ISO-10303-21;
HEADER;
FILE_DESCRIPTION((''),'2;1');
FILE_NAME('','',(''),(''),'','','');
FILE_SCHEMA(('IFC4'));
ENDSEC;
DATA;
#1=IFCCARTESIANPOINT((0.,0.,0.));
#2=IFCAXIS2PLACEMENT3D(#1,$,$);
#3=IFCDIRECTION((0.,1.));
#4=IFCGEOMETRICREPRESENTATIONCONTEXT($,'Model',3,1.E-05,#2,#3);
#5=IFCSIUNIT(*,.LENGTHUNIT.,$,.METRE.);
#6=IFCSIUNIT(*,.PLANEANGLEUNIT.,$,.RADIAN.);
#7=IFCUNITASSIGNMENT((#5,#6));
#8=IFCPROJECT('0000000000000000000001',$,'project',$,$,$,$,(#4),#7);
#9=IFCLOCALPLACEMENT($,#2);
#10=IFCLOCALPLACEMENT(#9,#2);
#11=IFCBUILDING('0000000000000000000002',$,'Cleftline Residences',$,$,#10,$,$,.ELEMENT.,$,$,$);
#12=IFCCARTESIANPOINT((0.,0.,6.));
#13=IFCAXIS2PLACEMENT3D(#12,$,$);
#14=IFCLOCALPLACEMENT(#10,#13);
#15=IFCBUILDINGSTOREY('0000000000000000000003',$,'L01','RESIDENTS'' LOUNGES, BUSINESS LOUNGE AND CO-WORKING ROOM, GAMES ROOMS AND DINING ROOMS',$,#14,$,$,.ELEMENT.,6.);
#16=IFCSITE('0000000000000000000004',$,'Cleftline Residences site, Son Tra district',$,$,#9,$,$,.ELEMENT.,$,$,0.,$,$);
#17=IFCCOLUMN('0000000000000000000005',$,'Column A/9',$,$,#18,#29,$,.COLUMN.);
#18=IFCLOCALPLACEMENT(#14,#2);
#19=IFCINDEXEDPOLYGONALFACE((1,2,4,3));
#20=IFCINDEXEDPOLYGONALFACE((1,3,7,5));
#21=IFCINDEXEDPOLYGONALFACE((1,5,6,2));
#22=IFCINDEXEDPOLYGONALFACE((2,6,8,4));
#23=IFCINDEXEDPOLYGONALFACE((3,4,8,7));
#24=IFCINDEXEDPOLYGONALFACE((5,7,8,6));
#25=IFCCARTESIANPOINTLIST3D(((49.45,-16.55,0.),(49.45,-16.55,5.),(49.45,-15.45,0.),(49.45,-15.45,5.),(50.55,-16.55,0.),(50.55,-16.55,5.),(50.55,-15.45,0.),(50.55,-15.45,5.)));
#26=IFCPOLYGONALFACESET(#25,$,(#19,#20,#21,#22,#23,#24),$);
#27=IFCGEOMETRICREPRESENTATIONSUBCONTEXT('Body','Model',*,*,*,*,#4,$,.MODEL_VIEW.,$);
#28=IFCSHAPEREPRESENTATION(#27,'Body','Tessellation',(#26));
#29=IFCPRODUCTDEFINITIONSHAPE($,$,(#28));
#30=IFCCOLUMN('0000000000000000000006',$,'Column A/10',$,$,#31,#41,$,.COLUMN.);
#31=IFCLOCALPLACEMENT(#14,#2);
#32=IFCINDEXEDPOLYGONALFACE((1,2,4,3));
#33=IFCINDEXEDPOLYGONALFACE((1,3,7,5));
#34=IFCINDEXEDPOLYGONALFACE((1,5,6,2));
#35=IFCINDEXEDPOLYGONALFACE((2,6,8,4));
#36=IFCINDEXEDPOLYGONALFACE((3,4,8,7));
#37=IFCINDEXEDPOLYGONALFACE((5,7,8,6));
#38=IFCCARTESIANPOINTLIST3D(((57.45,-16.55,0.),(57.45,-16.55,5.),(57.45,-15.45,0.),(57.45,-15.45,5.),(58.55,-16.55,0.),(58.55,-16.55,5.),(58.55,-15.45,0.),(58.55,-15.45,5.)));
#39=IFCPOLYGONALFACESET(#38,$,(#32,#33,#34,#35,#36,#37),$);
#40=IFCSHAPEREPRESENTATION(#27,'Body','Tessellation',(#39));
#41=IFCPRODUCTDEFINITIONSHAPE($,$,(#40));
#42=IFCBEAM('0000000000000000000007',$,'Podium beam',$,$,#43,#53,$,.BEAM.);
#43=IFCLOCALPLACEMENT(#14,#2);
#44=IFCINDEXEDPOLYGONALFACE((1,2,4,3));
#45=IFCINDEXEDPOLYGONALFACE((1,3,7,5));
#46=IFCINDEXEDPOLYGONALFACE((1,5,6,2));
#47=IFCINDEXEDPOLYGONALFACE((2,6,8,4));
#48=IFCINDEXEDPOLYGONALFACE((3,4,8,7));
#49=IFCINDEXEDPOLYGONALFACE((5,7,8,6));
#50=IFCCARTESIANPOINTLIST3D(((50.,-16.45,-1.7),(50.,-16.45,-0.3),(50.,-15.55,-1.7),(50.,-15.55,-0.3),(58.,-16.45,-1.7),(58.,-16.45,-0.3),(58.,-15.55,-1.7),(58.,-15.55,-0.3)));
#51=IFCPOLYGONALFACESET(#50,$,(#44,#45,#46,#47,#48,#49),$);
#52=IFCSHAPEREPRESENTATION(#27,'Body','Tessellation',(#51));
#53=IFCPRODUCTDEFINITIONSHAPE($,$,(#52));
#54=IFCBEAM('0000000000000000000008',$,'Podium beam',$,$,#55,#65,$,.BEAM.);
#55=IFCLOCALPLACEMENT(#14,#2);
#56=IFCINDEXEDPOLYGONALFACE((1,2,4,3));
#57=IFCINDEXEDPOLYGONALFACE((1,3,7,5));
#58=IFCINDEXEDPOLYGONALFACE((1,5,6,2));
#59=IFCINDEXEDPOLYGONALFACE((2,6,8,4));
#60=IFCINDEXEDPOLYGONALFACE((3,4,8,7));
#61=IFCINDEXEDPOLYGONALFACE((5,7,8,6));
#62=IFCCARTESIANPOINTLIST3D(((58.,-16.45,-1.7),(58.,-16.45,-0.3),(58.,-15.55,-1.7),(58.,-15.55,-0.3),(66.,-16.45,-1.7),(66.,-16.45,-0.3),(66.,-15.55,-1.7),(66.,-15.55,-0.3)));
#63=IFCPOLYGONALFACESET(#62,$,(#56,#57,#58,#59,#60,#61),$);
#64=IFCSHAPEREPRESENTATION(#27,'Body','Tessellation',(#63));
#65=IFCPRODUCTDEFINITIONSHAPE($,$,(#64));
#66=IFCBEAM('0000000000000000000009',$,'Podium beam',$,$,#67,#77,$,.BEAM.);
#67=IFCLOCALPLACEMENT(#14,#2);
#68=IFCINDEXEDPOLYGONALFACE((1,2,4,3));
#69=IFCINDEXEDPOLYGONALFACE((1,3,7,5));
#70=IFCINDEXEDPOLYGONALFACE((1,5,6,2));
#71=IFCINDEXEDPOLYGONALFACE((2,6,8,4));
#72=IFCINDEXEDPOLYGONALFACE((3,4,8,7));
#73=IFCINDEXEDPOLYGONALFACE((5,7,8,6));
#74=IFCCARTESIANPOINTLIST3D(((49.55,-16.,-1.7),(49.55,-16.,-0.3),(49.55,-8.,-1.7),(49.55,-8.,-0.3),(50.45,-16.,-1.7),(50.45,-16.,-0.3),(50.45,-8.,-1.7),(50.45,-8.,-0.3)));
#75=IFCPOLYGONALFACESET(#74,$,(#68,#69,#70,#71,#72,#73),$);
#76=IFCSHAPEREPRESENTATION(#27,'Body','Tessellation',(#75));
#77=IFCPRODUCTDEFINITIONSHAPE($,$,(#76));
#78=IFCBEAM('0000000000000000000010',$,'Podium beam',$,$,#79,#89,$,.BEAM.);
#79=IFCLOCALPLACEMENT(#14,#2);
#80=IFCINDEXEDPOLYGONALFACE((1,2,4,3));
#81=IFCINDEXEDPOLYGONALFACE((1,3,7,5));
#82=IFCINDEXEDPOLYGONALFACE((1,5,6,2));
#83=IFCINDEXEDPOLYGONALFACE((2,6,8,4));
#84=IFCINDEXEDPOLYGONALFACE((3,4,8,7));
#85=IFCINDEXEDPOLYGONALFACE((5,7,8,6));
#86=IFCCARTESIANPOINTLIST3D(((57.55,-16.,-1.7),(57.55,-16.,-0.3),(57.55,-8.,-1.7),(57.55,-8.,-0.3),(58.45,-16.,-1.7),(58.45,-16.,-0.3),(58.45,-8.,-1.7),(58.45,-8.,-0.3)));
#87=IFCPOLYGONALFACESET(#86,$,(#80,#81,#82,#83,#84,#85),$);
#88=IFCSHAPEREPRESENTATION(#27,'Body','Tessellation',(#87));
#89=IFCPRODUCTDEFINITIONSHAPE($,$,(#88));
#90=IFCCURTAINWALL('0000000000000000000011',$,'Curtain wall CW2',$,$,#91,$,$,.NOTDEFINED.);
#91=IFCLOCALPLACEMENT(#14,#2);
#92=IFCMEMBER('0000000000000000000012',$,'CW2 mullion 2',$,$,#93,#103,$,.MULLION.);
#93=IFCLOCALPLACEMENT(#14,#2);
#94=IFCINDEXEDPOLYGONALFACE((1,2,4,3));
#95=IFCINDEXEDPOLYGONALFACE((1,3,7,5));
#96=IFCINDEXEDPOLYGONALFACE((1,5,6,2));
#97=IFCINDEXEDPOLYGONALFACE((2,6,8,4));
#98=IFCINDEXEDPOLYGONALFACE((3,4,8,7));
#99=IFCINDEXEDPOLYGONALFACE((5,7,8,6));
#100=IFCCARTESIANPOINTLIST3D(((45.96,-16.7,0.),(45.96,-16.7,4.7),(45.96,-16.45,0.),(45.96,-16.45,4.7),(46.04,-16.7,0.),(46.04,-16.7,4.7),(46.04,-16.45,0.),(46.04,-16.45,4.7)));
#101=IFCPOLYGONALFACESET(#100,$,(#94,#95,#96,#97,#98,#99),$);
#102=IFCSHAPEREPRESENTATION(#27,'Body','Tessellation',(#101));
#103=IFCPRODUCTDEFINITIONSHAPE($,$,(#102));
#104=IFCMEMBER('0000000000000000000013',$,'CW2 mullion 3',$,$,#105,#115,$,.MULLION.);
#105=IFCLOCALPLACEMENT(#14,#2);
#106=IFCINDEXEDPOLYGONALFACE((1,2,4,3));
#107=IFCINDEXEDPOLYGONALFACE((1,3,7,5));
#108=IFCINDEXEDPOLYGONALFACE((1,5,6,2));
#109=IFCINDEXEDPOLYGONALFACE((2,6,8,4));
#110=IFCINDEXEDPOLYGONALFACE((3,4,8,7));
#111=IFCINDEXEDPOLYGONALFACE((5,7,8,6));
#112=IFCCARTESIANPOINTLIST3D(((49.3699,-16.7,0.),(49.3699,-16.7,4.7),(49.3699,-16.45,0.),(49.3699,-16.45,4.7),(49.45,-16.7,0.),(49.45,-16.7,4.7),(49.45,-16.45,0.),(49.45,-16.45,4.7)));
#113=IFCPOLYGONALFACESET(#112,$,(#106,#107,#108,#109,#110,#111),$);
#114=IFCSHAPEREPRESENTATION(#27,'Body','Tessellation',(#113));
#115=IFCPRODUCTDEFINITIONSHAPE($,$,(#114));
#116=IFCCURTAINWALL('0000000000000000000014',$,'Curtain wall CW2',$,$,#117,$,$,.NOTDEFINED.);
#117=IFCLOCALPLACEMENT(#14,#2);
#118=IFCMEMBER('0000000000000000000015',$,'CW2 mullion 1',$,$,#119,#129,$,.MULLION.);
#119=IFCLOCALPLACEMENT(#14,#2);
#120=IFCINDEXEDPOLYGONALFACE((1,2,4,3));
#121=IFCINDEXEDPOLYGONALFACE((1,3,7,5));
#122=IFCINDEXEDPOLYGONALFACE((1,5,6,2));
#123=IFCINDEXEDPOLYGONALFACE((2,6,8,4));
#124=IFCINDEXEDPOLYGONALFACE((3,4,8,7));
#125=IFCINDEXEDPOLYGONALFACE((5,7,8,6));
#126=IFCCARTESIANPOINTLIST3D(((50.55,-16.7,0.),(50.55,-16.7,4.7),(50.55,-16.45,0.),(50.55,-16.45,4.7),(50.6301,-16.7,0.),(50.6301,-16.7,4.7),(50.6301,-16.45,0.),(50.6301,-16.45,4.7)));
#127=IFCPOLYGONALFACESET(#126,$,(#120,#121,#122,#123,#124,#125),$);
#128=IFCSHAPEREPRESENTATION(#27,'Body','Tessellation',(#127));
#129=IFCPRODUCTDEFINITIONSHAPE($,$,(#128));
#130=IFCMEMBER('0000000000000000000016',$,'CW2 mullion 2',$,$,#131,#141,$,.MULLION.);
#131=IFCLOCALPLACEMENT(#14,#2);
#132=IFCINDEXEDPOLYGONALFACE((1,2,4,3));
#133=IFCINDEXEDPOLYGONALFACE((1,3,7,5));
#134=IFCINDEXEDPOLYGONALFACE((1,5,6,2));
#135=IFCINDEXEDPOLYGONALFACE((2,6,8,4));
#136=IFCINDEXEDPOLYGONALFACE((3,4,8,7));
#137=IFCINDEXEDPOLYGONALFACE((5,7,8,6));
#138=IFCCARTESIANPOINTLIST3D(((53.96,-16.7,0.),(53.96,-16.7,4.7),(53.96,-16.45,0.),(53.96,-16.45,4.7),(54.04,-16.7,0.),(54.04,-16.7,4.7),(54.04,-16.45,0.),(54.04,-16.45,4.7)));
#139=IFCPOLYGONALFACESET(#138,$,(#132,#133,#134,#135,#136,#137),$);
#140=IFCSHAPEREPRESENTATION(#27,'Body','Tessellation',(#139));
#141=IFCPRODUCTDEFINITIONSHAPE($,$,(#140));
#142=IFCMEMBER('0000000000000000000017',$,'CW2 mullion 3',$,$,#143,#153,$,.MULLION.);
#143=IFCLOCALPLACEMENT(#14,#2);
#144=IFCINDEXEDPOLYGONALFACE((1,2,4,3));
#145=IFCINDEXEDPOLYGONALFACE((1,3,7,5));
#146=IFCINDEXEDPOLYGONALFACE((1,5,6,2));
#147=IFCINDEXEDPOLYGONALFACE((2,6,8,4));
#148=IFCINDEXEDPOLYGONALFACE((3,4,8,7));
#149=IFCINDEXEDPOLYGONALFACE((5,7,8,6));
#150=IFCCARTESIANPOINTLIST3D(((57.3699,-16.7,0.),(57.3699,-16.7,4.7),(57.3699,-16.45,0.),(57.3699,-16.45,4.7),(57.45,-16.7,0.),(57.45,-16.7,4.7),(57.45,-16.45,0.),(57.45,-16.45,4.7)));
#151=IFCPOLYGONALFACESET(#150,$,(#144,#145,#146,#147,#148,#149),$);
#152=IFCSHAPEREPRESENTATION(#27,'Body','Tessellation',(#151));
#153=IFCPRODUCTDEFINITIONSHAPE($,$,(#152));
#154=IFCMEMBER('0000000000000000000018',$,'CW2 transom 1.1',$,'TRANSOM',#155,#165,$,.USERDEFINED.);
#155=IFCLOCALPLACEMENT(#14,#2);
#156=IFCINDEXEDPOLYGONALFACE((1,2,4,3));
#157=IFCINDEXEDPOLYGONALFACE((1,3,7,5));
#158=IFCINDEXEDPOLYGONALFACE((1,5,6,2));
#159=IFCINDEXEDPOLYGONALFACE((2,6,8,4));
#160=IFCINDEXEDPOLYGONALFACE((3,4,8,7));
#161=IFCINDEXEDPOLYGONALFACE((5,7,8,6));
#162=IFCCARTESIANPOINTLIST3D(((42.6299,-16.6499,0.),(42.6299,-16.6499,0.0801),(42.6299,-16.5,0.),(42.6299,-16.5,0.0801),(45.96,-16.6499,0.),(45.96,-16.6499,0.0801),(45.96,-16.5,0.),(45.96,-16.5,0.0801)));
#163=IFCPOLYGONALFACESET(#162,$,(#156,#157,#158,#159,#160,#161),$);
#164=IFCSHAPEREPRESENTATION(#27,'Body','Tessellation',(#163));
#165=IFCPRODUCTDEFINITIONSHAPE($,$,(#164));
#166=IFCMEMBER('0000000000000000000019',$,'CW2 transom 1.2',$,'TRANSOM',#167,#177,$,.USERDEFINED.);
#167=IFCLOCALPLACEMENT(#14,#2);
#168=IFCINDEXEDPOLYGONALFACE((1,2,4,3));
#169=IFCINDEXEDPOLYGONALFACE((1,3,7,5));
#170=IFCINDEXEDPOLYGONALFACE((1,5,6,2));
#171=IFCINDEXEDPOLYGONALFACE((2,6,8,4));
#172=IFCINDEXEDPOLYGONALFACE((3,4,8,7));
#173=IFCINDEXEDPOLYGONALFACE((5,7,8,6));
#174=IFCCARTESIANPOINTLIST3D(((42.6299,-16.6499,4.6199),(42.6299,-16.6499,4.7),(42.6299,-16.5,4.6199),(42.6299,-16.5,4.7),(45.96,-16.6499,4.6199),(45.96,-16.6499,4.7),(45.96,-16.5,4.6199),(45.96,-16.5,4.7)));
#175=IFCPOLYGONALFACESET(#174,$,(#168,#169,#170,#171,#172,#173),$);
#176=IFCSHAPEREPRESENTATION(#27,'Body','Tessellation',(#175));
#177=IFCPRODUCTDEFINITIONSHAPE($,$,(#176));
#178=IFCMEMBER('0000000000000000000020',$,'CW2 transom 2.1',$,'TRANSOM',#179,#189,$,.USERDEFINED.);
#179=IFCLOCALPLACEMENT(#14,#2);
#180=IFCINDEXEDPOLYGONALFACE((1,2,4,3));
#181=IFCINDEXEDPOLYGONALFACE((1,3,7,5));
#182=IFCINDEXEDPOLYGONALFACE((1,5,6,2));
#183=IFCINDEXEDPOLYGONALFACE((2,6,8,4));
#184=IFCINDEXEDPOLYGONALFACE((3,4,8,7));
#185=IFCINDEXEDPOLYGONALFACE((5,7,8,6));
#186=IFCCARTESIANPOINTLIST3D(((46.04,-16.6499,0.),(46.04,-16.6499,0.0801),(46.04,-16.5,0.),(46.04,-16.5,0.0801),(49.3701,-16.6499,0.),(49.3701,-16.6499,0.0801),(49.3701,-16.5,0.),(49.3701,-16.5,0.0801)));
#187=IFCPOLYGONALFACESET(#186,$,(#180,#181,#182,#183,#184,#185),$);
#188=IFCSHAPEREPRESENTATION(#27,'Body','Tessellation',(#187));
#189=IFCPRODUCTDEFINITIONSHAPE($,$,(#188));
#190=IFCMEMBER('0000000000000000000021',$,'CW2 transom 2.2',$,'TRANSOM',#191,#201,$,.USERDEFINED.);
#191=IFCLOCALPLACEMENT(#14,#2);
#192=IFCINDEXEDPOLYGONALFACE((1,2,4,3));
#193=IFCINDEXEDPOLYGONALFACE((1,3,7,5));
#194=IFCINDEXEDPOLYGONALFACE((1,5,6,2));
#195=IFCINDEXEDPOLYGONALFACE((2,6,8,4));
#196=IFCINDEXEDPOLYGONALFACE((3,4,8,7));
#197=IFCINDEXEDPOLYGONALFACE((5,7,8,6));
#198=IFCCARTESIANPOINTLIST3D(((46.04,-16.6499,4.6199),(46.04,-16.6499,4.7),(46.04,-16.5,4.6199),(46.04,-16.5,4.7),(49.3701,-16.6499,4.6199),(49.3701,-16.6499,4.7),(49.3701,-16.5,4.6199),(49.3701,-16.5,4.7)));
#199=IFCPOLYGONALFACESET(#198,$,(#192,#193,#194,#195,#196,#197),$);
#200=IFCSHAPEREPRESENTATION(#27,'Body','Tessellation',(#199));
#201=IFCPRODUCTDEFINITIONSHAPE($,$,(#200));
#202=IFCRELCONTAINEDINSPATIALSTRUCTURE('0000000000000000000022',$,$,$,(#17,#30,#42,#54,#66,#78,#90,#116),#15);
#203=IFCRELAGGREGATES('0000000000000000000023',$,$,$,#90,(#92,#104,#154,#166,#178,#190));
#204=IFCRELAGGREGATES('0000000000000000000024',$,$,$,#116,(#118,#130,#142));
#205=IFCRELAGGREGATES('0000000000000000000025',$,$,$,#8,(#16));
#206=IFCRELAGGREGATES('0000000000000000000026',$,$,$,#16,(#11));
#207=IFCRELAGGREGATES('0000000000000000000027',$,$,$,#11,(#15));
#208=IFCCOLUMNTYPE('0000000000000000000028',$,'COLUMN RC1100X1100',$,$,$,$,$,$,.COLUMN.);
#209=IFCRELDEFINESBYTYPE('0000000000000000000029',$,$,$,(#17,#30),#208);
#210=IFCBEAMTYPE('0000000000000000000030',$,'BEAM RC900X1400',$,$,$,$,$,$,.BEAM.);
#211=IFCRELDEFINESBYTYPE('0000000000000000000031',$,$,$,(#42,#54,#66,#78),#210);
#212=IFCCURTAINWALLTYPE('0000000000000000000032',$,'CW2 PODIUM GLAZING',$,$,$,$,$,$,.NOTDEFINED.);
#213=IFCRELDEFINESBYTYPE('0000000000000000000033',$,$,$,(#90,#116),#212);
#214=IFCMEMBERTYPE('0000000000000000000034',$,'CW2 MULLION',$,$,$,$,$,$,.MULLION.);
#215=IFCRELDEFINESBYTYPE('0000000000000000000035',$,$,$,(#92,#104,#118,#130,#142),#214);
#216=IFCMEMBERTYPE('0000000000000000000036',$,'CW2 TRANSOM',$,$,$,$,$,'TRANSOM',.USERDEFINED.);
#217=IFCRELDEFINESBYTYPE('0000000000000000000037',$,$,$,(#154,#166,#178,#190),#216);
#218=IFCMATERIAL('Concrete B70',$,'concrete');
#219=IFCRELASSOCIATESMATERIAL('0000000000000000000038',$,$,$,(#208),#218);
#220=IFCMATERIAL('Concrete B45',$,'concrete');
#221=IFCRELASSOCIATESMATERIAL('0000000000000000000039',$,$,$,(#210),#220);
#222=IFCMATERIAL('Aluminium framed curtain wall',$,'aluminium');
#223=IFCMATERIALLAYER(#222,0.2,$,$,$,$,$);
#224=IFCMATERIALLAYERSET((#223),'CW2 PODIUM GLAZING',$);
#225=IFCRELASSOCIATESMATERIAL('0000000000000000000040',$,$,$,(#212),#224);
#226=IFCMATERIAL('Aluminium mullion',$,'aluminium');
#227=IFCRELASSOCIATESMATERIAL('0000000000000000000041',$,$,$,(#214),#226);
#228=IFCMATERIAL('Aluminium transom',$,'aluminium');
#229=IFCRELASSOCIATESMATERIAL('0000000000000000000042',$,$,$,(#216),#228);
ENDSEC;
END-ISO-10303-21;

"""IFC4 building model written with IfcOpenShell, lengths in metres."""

from ifc_helpers import new_model, si_unit, direction, frame, origin, origin_2d, place, context, subcontext, project, spatial, rectangle, extrude, material, layer, layer_set, material_profile, profile_set, type_object, element, aggregate, save


model = new_model("IFC4")

# Units and contexts
model_context = context("Model", 3, precision=1e-05, world=origin(), true_north=direction((0.0, 1.0)))
body_context = subcontext(model_context, "Body", "Model", "MODEL_VIEW")
ifc_project = project(units=[si_unit("LENGTHUNIT", "METRE"), si_unit("PLANEANGLEUNIT", "RADIAN")], contexts=[model_context])

# Site, building, storey
site_placement = place(None, origin())
site = spatial("IfcSite", under=ifc_project, at=site_placement, Name="Cleftline Residences site, Son Tra district", CompositionType="ELEMENT", RefElevation=0.0)
building_placement = place(site_placement, origin())
building = spatial("IfcBuilding", under=site, at=building_placement, Name="Cleftline Residences", CompositionType="ELEMENT")
storey_placement = place(building_placement, frame((0.0, 0.0, 6.0)))
storey = spatial("IfcBuildingStorey", under=building, at=storey_placement, Name="L01", Description="RESIDENTS' LOUNGES, BUSINESS LOUNGE AND CO-WORKING ROOM, GAMES ROOMS AND DINING ROOMS", CompositionType="ELEMENT", Elevation=6.0)

# Columns
ifc_material_1 = material(Name="Concrete B70", Category="concrete")
ifc_material_profile_1 = material_profile(ifc_material_1, rectangle(XDim=1.1001, YDim=1.1001, at=origin_2d()))
ifc_profile_set_1 = profile_set([ifc_material_profile_1], Name="Concrete B70")
column_type = type_object("IfcColumnType", Name="COLUMN RC1100X1100", PredefinedType="COLUMN", material=ifc_profile_set_1)
for number, where, z_axis, x_axis, name in (
    (1, (50.0, -16.0, 0.0), (0.0, 0.0, 1.0), (1.0, 0.0, 0.0), "Column A/9"),
    (2, (58.0, -16.0, 0.0), (0.0, 0.0, 1.0), (1.0, 0.0, 0.0), "Column A/10"),
):
    element("IfcColumn", number, at=place(storey_placement, frame(where, z_axis=z_axis, x_axis=x_axis)), inside=storey, type_object=column_type, Name=name, PredefinedType="COLUMN", context=body_context, shape_type="SweptSolid", body=[
        extrude(rectangle(XDim=1.1001, YDim=1.1001, at=origin_2d()), origin(), (0.0, 0.0, 1.0), 5.0),
    ])

# Beams
ifc_material_2 = material(Name="Concrete B45", Category="concrete")
ifc_material_profile_2 = material_profile(ifc_material_2, rectangle(XDim=0.8999, YDim=1.3999, at=origin_2d()))
ifc_profile_set_2 = profile_set([ifc_material_profile_2], Name="Concrete B45")
beam_type = type_object("IfcBeamType", Name="BEAM RC900X1400", PredefinedType="BEAM", material=ifc_profile_set_2)
for number, where, z_axis, x_axis, name in (
    (3, (50.0, -16.0, -1.0), (1.0, 0.0, 0.0), (0.0, 1.0, 0.0), "Podium beam"),
    (4, (58.0, -16.0, -1.0), (1.0, 0.0, 0.0), (0.0, 1.0, 0.0), "Podium beam"),
    (5, (50.0, -16.0, -1.0), (0.0, 1.0, 0.0), (-1.0, 0.0, 0.0), "Podium beam"),
    (6, (58.0, -16.0, -1.0), (0.0, 1.0, 0.0), (-1.0, 0.0, 0.0), "Podium beam"),
):
    element("IfcBeam", number, at=place(storey_placement, frame(where, z_axis=z_axis, x_axis=x_axis)), inside=storey, type_object=beam_type, Name=name, PredefinedType="BEAM", context=body_context, shape_type="SweptSolid", body=[
        extrude(rectangle(XDim=0.8999, YDim=1.3999, at=origin_2d()), origin(), (0.0, 0.0, 1.0), 8.0),
    ])

# Curtain walls, members
ifc_material_3 = material(Name="Aluminium framed curtain wall", Category="aluminium")
ifc_layer_1 = layer(ifc_material_3, 0.2)
ifc_layer_set_1 = layer_set([ifc_layer_1], Name="CW2 PODIUM GLAZING")
curtain_wall_type = type_object("IfcCurtainWallType", Name="CW2 PODIUM GLAZING", PredefinedType="NOTDEFINED", material=ifc_layer_set_1)
curtain_wall_1_placement = place(storey_placement, origin())
curtain_wall_1 = element("IfcCurtainWall", 7, at=curtain_wall_1_placement, inside=storey, type_object=curtain_wall_type, Name="Curtain wall CW2", PredefinedType="NOTDEFINED")
ifc_material_4 = material(Name="Aluminium mullion", Category="aluminium")
ifc_material_profile_3 = material_profile(ifc_material_4, rectangle(XDim=0.25, YDim=0.0801, at=origin_2d()))
ifc_profile_set_3 = profile_set([ifc_material_profile_3], Name="Aluminium mullion")
member_type_1 = type_object("IfcMemberType", Name="CW2 MULLION", PredefinedType="MULLION", material=ifc_profile_set_3)
member_1_placement = place(storey_placement, frame((46.0, -16.575, 0.0), z_axis=(0.0, 0.0, 1.0), x_axis=(0.0, 1.0, 0.0)))
member_1 = element("IfcMember", 8, at=member_1_placement, type_object=member_type_1, Name="CW2 mullion 2", PredefinedType="MULLION", context=body_context, shape_type="SweptSolid", body=[
    extrude(rectangle(XDim=0.25, YDim=0.0801, at=origin_2d()), origin(), (0.0, 0.0, 1.0), 4.7),
])
member_2_placement = place(storey_placement, frame((49.4099, -16.575, 0.0), z_axis=(0.0, 0.0, 1.0), x_axis=(0.0, 1.0, 0.0)))
member_2 = element("IfcMember", 9, at=member_2_placement, type_object=member_type_1, Name="CW2 mullion 3", PredefinedType="MULLION", context=body_context, shape_type="SweptSolid", body=[
    extrude(rectangle(XDim=0.25, YDim=0.0801, at=origin_2d()), origin(), (0.0, 0.0, 1.0), 4.7),
])
curtain_wall_2_placement = place(storey_placement, origin())
curtain_wall_2 = element("IfcCurtainWall", 10, at=curtain_wall_2_placement, inside=storey, type_object=curtain_wall_type, Name="Curtain wall CW2", PredefinedType="NOTDEFINED")
member_3_placement = place(storey_placement, frame((50.5901, -16.575, 0.0), z_axis=(0.0, 0.0, 1.0), x_axis=(0.0, 1.0, 0.0)))
member_3 = element("IfcMember", 11, at=member_3_placement, type_object=member_type_1, Name="CW2 mullion 1", PredefinedType="MULLION", context=body_context, shape_type="SweptSolid", body=[
    extrude(rectangle(XDim=0.25, YDim=0.0801, at=origin_2d()), origin(), (0.0, 0.0, 1.0), 4.7),
])
member_4_placement = place(storey_placement, frame((54.0, -16.575, 0.0), z_axis=(0.0, 0.0, 1.0), x_axis=(0.0, 1.0, 0.0)))
member_4 = element("IfcMember", 12, at=member_4_placement, type_object=member_type_1, Name="CW2 mullion 2", PredefinedType="MULLION", context=body_context, shape_type="SweptSolid", body=[
    extrude(rectangle(XDim=0.25, YDim=0.0801, at=origin_2d()), origin(), (0.0, 0.0, 1.0), 4.7),
])
member_5_placement = place(storey_placement, frame((57.4099, -16.575, 0.0), z_axis=(0.0, 0.0, 1.0), x_axis=(0.0, 1.0, 0.0)))
member_5 = element("IfcMember", 13, at=member_5_placement, type_object=member_type_1, Name="CW2 mullion 3", PredefinedType="MULLION", context=body_context, shape_type="SweptSolid", body=[
    extrude(rectangle(XDim=0.25, YDim=0.0801, at=origin_2d()), origin(), (0.0, 0.0, 1.0), 4.7),
])

# Members
ifc_material_5 = material(Name="Aluminium transom", Category="aluminium")
ifc_material_profile_4 = material_profile(ifc_material_5, rectangle(XDim=0.1499, YDim=0.0801, at=origin_2d()))
ifc_profile_set_4 = profile_set([ifc_material_profile_4], Name="Aluminium transom")
member_type_2 = type_object("IfcMemberType", Name="CW2 TRANSOM", ElementType="TRANSOM", PredefinedType="USERDEFINED", material=ifc_profile_set_4)
member_6_placement = place(storey_placement, frame((42.6299, -16.575, 0.04), z_axis=(1.0, 0.0, 0.0), x_axis=(0.0, 1.0, 0.0)))
member_6 = element("IfcMember", 14, at=member_6_placement, type_object=member_type_2, Name="CW2 transom 1.1", ObjectType="TRANSOM", PredefinedType="USERDEFINED", context=body_context, shape_type="SweptSolid", body=[
    extrude(rectangle(XDim=0.1499, YDim=0.0801, at=origin_2d()), origin(), (0.0, 0.0, 1.0), 3.3301),
])
member_7_placement = place(storey_placement, frame((42.6299, -16.575, 4.6599), z_axis=(1.0, 0.0, 0.0), x_axis=(0.0, 1.0, 0.0)))
member_7 = element("IfcMember", 15, at=member_7_placement, type_object=member_type_2, Name="CW2 transom 1.2", ObjectType="TRANSOM", PredefinedType="USERDEFINED", context=body_context, shape_type="SweptSolid", body=[
    extrude(rectangle(XDim=0.1499, YDim=0.0801, at=origin_2d()), origin(), (0.0, 0.0, 1.0), 3.3301),
])
member_8_placement = place(storey_placement, frame((46.04, -16.575, 0.04), z_axis=(1.0, 0.0, 0.0), x_axis=(0.0, 1.0, 0.0)))
member_8 = element("IfcMember", 16, at=member_8_placement, type_object=member_type_2, Name="CW2 transom 2.1", ObjectType="TRANSOM", PredefinedType="USERDEFINED", context=body_context, shape_type="SweptSolid", body=[
    extrude(rectangle(XDim=0.1499, YDim=0.0801, at=origin_2d()), origin(), (0.0, 0.0, 1.0), 3.3301),
])
member_9_placement = place(storey_placement, frame((46.04, -16.575, 4.6599), z_axis=(1.0, 0.0, 0.0), x_axis=(0.0, 1.0, 0.0)))
member_9 = element("IfcMember", 17, at=member_9_placement, type_object=member_type_2, Name="CW2 transom 2.2", ObjectType="TRANSOM", PredefinedType="USERDEFINED", context=body_context, shape_type="SweptSolid", body=[
    extrude(rectangle(XDim=0.1499, YDim=0.0801, at=origin_2d()), origin(), (0.0, 0.0, 1.0), 3.3301),
])

aggregate(curtain_wall_1, [member_1, member_2, member_6, member_7, member_8, member_9])
aggregate(curtain_wall_2, [member_3, member_4, member_5])

save(model, "model.ifc")
